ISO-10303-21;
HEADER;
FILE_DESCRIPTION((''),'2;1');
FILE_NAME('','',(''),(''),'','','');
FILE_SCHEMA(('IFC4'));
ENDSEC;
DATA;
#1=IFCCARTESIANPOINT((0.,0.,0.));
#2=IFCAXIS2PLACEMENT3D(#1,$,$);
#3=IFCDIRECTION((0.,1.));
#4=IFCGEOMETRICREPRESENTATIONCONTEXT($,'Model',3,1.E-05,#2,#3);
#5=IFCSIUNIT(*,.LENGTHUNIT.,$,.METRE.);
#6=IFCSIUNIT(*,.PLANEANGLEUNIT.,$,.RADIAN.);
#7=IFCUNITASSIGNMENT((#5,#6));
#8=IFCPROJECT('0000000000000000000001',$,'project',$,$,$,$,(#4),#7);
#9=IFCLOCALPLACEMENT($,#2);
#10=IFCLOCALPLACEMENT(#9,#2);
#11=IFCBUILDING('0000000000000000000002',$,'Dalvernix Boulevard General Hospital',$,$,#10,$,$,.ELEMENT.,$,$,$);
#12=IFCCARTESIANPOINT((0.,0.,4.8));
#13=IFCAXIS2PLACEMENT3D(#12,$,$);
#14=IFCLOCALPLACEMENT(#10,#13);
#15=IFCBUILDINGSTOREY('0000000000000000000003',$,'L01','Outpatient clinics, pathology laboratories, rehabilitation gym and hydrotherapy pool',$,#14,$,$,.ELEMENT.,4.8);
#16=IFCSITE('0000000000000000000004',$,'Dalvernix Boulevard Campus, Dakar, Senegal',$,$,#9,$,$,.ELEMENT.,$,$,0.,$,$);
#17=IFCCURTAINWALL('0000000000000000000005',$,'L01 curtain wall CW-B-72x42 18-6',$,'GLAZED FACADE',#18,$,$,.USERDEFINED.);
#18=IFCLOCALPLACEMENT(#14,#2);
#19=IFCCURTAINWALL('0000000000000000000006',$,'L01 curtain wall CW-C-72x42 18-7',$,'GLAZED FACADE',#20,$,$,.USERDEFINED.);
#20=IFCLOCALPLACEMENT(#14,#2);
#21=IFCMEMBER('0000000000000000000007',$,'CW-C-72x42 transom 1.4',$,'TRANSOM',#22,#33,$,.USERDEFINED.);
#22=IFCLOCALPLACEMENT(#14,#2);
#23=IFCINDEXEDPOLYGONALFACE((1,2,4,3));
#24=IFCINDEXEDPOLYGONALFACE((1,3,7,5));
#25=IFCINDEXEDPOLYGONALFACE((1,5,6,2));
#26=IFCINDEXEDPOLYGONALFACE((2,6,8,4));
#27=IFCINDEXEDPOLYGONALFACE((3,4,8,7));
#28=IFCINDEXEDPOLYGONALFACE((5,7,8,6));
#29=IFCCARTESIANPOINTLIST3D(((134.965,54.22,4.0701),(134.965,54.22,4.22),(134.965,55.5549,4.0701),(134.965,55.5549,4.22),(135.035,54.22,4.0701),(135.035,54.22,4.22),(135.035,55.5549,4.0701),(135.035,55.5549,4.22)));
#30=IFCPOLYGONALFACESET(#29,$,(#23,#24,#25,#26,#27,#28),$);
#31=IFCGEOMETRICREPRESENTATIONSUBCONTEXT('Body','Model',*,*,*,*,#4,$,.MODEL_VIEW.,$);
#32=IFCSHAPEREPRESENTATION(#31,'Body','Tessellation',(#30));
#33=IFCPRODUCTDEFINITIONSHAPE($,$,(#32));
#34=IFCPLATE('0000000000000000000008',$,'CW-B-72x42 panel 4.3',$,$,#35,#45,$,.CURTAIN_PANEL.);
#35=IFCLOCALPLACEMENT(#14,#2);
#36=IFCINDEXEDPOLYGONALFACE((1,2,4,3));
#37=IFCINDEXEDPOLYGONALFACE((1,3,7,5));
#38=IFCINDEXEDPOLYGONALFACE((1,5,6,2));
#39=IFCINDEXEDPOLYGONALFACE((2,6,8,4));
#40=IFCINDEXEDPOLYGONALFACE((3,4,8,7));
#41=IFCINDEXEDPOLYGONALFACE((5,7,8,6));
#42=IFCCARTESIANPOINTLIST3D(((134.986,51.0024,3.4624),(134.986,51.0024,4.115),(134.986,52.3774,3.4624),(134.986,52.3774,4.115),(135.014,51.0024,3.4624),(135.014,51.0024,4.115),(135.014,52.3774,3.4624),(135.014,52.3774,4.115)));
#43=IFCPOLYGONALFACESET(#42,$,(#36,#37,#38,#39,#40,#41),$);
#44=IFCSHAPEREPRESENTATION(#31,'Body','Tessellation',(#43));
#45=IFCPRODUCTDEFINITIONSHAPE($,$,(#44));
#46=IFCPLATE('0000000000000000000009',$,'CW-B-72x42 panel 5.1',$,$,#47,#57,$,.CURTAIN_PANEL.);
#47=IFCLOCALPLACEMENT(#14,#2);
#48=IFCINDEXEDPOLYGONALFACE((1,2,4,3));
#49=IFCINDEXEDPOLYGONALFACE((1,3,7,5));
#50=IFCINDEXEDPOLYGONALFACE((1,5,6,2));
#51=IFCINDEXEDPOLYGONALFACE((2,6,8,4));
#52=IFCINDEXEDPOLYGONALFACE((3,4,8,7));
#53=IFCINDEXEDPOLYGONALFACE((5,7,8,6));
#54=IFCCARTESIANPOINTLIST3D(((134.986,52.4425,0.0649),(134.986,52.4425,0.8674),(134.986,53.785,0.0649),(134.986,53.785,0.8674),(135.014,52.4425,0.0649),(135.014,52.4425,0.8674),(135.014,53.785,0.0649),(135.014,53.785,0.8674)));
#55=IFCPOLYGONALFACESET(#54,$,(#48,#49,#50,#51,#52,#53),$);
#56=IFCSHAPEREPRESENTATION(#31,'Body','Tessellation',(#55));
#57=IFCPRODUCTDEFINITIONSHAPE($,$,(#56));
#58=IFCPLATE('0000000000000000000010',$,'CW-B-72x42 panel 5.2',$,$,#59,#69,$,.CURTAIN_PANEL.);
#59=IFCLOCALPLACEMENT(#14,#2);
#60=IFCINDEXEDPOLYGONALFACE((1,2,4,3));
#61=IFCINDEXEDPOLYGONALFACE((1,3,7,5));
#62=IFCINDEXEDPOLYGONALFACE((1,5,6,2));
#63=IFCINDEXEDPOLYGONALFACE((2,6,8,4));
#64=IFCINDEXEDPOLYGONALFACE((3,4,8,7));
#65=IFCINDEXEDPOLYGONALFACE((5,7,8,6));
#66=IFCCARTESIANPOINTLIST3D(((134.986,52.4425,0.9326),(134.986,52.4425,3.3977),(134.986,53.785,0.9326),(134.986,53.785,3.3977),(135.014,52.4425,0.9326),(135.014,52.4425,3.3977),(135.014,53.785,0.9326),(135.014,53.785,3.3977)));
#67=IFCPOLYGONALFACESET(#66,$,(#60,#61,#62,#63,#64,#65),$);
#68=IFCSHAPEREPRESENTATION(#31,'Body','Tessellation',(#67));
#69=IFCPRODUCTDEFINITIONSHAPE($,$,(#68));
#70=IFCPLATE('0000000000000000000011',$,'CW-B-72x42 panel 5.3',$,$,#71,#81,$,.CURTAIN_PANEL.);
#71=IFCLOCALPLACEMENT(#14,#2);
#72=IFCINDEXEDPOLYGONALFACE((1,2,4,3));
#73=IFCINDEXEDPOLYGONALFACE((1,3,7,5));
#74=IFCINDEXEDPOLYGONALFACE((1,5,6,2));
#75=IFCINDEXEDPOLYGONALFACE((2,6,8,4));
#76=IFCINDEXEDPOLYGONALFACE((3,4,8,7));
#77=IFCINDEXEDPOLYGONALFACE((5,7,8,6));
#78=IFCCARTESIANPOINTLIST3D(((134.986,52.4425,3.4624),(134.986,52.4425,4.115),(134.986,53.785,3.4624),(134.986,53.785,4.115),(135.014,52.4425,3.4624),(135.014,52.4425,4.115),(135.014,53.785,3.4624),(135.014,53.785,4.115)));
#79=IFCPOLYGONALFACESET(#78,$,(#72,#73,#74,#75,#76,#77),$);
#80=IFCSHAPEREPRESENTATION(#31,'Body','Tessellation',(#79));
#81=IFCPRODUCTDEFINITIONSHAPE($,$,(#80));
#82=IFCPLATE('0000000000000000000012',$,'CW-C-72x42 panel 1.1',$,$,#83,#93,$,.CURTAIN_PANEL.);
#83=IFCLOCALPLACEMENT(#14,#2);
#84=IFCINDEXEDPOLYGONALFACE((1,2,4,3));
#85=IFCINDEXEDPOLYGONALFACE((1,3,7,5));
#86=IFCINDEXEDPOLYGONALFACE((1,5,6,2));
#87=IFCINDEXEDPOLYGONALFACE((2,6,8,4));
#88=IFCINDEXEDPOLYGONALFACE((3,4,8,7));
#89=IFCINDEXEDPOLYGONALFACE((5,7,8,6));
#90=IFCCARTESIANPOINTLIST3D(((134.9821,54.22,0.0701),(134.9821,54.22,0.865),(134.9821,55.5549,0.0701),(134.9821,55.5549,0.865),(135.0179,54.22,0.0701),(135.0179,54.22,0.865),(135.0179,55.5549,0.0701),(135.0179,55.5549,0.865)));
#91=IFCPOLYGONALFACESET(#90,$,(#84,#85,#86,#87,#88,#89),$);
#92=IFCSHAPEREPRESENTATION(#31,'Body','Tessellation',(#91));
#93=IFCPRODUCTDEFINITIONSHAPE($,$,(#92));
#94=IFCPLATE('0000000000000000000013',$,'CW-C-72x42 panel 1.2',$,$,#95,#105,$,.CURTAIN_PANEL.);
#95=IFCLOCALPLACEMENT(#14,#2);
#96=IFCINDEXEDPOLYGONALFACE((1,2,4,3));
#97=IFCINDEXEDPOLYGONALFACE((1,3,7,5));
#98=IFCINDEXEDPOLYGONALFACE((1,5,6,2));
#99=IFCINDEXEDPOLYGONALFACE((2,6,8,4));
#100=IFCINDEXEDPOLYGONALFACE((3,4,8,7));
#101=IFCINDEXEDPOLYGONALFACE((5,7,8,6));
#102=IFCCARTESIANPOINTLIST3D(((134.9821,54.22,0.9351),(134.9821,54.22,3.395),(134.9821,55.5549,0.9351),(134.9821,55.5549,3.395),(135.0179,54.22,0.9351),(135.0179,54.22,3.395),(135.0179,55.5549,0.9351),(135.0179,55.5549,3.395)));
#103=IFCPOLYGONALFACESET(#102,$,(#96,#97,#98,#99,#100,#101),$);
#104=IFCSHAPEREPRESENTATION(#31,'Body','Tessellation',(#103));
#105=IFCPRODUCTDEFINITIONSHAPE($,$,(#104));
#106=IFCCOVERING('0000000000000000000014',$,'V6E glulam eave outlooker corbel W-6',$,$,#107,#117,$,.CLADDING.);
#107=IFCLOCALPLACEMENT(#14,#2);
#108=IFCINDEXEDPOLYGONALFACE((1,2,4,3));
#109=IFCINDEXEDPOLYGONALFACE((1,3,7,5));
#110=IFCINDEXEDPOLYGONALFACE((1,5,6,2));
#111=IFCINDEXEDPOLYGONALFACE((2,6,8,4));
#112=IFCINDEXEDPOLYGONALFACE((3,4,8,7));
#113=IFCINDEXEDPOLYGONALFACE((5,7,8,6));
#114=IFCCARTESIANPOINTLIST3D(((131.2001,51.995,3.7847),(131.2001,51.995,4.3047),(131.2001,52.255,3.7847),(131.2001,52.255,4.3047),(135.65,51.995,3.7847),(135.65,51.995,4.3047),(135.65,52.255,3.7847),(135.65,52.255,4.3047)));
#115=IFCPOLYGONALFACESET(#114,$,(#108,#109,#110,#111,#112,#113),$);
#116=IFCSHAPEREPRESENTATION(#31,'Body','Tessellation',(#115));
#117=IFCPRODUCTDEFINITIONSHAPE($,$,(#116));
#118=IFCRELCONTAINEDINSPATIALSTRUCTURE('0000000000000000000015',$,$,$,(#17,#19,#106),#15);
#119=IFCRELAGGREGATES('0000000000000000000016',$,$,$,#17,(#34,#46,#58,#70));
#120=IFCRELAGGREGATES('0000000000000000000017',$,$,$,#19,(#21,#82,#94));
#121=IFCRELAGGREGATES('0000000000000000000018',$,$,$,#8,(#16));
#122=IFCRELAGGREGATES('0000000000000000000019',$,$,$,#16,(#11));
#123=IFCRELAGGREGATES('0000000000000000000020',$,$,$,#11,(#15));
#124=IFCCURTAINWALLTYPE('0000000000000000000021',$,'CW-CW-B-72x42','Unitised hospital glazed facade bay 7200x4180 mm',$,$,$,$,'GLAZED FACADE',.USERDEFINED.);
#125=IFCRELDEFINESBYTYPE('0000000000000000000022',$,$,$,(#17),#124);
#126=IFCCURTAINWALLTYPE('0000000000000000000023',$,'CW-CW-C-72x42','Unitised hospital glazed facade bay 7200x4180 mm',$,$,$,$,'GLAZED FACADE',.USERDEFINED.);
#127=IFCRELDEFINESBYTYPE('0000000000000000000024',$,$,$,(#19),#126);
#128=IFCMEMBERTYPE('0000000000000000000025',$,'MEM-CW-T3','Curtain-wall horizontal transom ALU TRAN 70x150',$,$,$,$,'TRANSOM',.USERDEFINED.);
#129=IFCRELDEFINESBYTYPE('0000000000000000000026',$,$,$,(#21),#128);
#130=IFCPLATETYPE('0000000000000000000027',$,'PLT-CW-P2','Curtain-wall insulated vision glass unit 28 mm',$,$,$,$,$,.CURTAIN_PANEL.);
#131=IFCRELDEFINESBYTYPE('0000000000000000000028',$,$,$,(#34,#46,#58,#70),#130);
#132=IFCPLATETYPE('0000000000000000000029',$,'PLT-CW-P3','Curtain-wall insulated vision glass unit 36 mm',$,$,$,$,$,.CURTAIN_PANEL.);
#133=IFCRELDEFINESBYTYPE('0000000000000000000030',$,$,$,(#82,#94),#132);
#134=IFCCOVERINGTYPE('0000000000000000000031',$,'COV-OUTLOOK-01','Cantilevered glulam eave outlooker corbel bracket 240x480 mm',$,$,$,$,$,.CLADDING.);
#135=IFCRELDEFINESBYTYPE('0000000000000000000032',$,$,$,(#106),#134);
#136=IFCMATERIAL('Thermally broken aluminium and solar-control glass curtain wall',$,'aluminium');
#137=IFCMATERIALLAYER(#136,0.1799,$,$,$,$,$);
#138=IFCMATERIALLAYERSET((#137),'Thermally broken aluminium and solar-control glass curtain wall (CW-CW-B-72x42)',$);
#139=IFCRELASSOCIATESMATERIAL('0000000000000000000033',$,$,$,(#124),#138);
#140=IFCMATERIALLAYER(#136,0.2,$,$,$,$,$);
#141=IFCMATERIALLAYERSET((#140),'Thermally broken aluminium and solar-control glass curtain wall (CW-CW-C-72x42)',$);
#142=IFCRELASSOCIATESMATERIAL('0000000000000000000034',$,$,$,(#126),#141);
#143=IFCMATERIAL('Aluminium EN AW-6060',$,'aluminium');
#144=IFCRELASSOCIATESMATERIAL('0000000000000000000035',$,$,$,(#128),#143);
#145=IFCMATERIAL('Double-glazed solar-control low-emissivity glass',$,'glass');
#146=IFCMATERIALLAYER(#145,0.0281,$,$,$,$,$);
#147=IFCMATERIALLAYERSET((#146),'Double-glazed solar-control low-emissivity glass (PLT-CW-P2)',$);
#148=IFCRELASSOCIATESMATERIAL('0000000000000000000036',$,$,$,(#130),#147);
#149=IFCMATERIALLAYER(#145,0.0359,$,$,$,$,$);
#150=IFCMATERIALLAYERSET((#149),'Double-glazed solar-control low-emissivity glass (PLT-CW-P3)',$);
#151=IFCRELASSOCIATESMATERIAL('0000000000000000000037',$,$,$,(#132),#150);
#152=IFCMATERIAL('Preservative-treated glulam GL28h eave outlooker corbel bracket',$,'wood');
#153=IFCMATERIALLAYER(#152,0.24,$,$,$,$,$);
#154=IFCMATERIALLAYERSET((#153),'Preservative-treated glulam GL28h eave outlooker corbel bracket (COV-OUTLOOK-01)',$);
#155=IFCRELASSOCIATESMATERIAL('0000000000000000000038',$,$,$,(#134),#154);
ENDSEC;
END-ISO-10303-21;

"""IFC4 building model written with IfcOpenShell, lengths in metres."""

from ifc_helpers import new_model, si_unit, direction, frame, origin, origin_2d, place, context, subcontext, project, spatial, rectangle, extrude, material, layer, layer_set, material_profile, profile_set, type_object, element, aggregate, save


model = new_model("IFC4")

# Units and contexts
model_context = context("Model", 3, precision=1e-05, world=origin(), true_north=direction((0.0, 1.0)))
body_context = subcontext(model_context, "Body", "Model", "MODEL_VIEW")
ifc_project = project(units=[si_unit("LENGTHUNIT", "METRE"), si_unit("PLANEANGLEUNIT", "RADIAN")], contexts=[model_context])

# Site, building, storey
site_placement = place(None, origin())
site = spatial("IfcSite", under=ifc_project, at=site_placement, Name="Dalvernix Boulevard Campus, Dakar, Senegal", CompositionType="ELEMENT", RefElevation=0.0)
building_placement = place(site_placement, origin())
building = spatial("IfcBuilding", under=site, at=building_placement, Name="Dalvernix Boulevard General Hospital", CompositionType="ELEMENT")
storey_placement = place(building_placement, frame((0.0, 0.0, 4.8)))
storey = spatial("IfcBuildingStorey", under=building, at=storey_placement, Name="L01", Description="Outpatient clinics, pathology laboratories, rehabilitation gym and hydrotherapy pool", CompositionType="ELEMENT", Elevation=4.8)

# Curtain wall
ifc_material_1 = material(Name="Thermally broken aluminium and solar-control glass curtain wall", Category="aluminium")
ifc_layer_1 = layer(ifc_material_1, 0.1799)
ifc_layer_set_1 = layer_set([ifc_layer_1], Name="Thermally broken aluminium and solar-control glass curtain wall (CW-CW-B-72x42)")
curtain_wall_type_1 = type_object("IfcCurtainWallType", Name="CW-CW-B-72x42", Description="Unitised hospital glazed facade bay 7200x4180 mm", ElementType="GLAZED FACADE", PredefinedType="USERDEFINED", material=ifc_layer_set_1)
curtain_wall_1_placement = place(storey_placement, origin())
curtain_wall_1 = element("IfcCurtainWall", 1, at=curtain_wall_1_placement, inside=storey, type_object=curtain_wall_type_1, Name="L01 curtain wall CW-B-72x42 18-6", ObjectType="GLAZED FACADE", PredefinedType="USERDEFINED")
ifc_material_2 = material(Name="Aluminium EN AW-6060", Category="aluminium")

# Curtain wall
ifc_layer_2 = layer(ifc_material_1, 0.2)
ifc_layer_set_2 = layer_set([ifc_layer_2], Name="Thermally broken aluminium and solar-control glass curtain wall (CW-CW-C-72x42)")
curtain_wall_type_2 = type_object("IfcCurtainWallType", Name="CW-CW-C-72x42", Description="Unitised hospital glazed facade bay 7200x4180 mm", ElementType="GLAZED FACADE", PredefinedType="USERDEFINED", material=ifc_layer_set_2)
curtain_wall_2_placement = place(storey_placement, origin())
curtain_wall_2 = element("IfcCurtainWall", 2, at=curtain_wall_2_placement, inside=storey, type_object=curtain_wall_type_2, Name="L01 curtain wall CW-C-72x42 18-7", ObjectType="GLAZED FACADE", PredefinedType="USERDEFINED")

# Member
ifc_material_profile_1 = material_profile(ifc_material_2, rectangle(XDim=0.0701, YDim=0.1499, at=origin_2d()), Name="ALU TRAN 70x150")
ifc_profile_set_1 = profile_set([ifc_material_profile_1], Name="Aluminium EN AW-6060")
member_type_1 = type_object("IfcMemberType", Name="MEM-CW-T3", Description="Curtain-wall horizontal transom ALU TRAN 70x150", ElementType="TRANSOM", PredefinedType="USERDEFINED", material=ifc_profile_set_1)
member_1_placement = place(storey_placement, frame((135.0, 54.22, 4.145), z_axis=(0.0, 1.0, 0.0), x_axis=(-1.0, 0.0, 0.0)))
member_1 = element("IfcMember", 3, at=member_1_placement, type_object=member_type_1, Name="CW-C-72x42 transom 1.4", ObjectType="TRANSOM", PredefinedType="USERDEFINED", context=body_context, shape_type="SweptSolid", body=[
    extrude(rectangle(XDim=0.0701, YDim=0.1499, at=origin_2d()), origin(), (0.0, 0.0, 1.0), 1.335),
])

# Plates
ifc_material_3 = material(Name="Double-glazed solar-control low-emissivity glass", Category="glass")
ifc_layer_3 = layer(ifc_material_3, 0.0281)
ifc_layer_set_3 = layer_set([ifc_layer_3], Name="Double-glazed solar-control low-emissivity glass (PLT-CW-P2)")
plate_type_1 = type_object("IfcPlateType", Name="PLT-CW-P2", Description="Curtain-wall insulated vision glass unit 28 mm", PredefinedType="CURTAIN_PANEL", material=ifc_layer_set_3)
plate_1_placement = place(storey_placement, frame((135.0, 51.6899, 3.4624), z_axis=(0.0, 0.0, 1.0), x_axis=(0.0, 1.0, 0.0)))
plate_1 = element("IfcPlate", 4, at=plate_1_placement, type_object=plate_type_1, Name="CW-B-72x42 panel 4.3", PredefinedType="CURTAIN_PANEL", context=body_context, shape_type="SweptSolid", body=[
    extrude(rectangle(XDim=1.375, YDim=0.0281, at=origin_2d()), origin(), (0.0, 0.0, 1.0), 0.6526),
])
plate_2_placement = place(storey_placement, frame((135.0, 53.1138, 0.0649), z_axis=(0.0, 0.0, 1.0), x_axis=(0.0, 1.0, 0.0)))
plate_2 = element("IfcPlate", 5, at=plate_2_placement, type_object=plate_type_1, Name="CW-B-72x42 panel 5.1", PredefinedType="CURTAIN_PANEL", context=body_context, shape_type="SweptSolid", body=[
    extrude(rectangle(XDim=1.3425, YDim=0.0281, at=origin_2d()), origin(), (0.0, 0.0, 1.0), 0.8025),
])
plate_3_placement = place(storey_placement, frame((135.0, 53.1138, 0.9326), z_axis=(0.0, 0.0, 1.0), x_axis=(0.0, 1.0, 0.0)))
plate_3 = element("IfcPlate", 6, at=plate_3_placement, type_object=plate_type_1, Name="CW-B-72x42 panel 5.2", PredefinedType="CURTAIN_PANEL", context=body_context, shape_type="SweptSolid", body=[
    extrude(rectangle(XDim=1.3425, YDim=0.0281, at=origin_2d()), origin(), (0.0, 0.0, 1.0), 2.4651),
])
plate_4_placement = place(storey_placement, frame((135.0, 53.1138, 3.4624), z_axis=(0.0, 0.0, 1.0), x_axis=(0.0, 1.0, 0.0)))
plate_4 = element("IfcPlate", 7, at=plate_4_placement, type_object=plate_type_1, Name="CW-B-72x42 panel 5.3", PredefinedType="CURTAIN_PANEL", context=body_context, shape_type="SweptSolid", body=[
    extrude(rectangle(XDim=1.3425, YDim=0.0281, at=origin_2d()), origin(), (0.0, 0.0, 1.0), 0.6526),
])
aggregate(curtain_wall_1, [plate_1, plate_2, plate_3, plate_4])
ifc_layer_4 = layer(ifc_material_3, 0.0359)
ifc_layer_set_4 = layer_set([ifc_layer_4], Name="Double-glazed solar-control low-emissivity glass (PLT-CW-P3)")
plate_type_2 = type_object("IfcPlateType", Name="PLT-CW-P3", Description="Curtain-wall insulated vision glass unit 36 mm", PredefinedType="CURTAIN_PANEL", material=ifc_layer_set_4)
plate_5_placement = place(storey_placement, frame((135.0, 54.8875, 0.0701), z_axis=(0.0, 0.0, 1.0), x_axis=(0.0, 1.0, 0.0)))
plate_5 = element("IfcPlate", 8, at=plate_5_placement, type_object=plate_type_2, Name="CW-C-72x42 panel 1.1", PredefinedType="CURTAIN_PANEL", context=body_context, shape_type="SweptSolid", body=[
    extrude(rectangle(XDim=1.335, YDim=0.0359, at=origin_2d()), origin(), (0.0, 0.0, 1.0), 0.7949),
])
plate_6_placement = place(storey_placement, frame((135.0, 54.8875, 0.9351), z_axis=(0.0, 0.0, 1.0), x_axis=(0.0, 1.0, 0.0)))
plate_6 = element("IfcPlate", 9, at=plate_6_placement, type_object=plate_type_2, Name="CW-C-72x42 panel 1.2", PredefinedType="CURTAIN_PANEL", context=body_context, shape_type="SweptSolid", body=[
    extrude(rectangle(XDim=1.335, YDim=0.0359, at=origin_2d()), origin(), (0.0, 0.0, 1.0), 2.46),
])
aggregate(curtain_wall_2, [member_1, plate_5, plate_6])

# Covering
ifc_material_4 = material(Name="Preservative-treated glulam GL28h eave outlooker corbel bracket", Category="wood")
ifc_layer_5 = layer(ifc_material_4, 0.24)
ifc_layer_set_5 = layer_set([ifc_layer_5], Name="Preservative-treated glulam GL28h eave outlooker corbel bracket (COV-OUTLOOK-01)")
covering_type = type_object("IfcCoveringType", Name="COV-OUTLOOK-01", Description="Cantilevered glulam eave outlooker corbel bracket 240x480 mm", PredefinedType="CLADDING", material=ifc_layer_set_5)
covering_placement = place(storey_placement, frame((133.425, 52.125, 3.7847), z_axis=(0.0, 0.0, 1.0), x_axis=(1.0, 0.0, 0.0)))
element("IfcCovering", 10, at=covering_placement, inside=storey, type_object=covering_type, Name="V6E glulam eave outlooker corbel W-6", PredefinedType="CLADDING", context=body_context, shape_type="SweptSolid", body=[
    extrude(rectangle(XDim=4.45, YDim=0.26, at=origin_2d()), origin(), (0.0, 0.0, 1.0), 0.52),
])

save(model, "model.ifc")
